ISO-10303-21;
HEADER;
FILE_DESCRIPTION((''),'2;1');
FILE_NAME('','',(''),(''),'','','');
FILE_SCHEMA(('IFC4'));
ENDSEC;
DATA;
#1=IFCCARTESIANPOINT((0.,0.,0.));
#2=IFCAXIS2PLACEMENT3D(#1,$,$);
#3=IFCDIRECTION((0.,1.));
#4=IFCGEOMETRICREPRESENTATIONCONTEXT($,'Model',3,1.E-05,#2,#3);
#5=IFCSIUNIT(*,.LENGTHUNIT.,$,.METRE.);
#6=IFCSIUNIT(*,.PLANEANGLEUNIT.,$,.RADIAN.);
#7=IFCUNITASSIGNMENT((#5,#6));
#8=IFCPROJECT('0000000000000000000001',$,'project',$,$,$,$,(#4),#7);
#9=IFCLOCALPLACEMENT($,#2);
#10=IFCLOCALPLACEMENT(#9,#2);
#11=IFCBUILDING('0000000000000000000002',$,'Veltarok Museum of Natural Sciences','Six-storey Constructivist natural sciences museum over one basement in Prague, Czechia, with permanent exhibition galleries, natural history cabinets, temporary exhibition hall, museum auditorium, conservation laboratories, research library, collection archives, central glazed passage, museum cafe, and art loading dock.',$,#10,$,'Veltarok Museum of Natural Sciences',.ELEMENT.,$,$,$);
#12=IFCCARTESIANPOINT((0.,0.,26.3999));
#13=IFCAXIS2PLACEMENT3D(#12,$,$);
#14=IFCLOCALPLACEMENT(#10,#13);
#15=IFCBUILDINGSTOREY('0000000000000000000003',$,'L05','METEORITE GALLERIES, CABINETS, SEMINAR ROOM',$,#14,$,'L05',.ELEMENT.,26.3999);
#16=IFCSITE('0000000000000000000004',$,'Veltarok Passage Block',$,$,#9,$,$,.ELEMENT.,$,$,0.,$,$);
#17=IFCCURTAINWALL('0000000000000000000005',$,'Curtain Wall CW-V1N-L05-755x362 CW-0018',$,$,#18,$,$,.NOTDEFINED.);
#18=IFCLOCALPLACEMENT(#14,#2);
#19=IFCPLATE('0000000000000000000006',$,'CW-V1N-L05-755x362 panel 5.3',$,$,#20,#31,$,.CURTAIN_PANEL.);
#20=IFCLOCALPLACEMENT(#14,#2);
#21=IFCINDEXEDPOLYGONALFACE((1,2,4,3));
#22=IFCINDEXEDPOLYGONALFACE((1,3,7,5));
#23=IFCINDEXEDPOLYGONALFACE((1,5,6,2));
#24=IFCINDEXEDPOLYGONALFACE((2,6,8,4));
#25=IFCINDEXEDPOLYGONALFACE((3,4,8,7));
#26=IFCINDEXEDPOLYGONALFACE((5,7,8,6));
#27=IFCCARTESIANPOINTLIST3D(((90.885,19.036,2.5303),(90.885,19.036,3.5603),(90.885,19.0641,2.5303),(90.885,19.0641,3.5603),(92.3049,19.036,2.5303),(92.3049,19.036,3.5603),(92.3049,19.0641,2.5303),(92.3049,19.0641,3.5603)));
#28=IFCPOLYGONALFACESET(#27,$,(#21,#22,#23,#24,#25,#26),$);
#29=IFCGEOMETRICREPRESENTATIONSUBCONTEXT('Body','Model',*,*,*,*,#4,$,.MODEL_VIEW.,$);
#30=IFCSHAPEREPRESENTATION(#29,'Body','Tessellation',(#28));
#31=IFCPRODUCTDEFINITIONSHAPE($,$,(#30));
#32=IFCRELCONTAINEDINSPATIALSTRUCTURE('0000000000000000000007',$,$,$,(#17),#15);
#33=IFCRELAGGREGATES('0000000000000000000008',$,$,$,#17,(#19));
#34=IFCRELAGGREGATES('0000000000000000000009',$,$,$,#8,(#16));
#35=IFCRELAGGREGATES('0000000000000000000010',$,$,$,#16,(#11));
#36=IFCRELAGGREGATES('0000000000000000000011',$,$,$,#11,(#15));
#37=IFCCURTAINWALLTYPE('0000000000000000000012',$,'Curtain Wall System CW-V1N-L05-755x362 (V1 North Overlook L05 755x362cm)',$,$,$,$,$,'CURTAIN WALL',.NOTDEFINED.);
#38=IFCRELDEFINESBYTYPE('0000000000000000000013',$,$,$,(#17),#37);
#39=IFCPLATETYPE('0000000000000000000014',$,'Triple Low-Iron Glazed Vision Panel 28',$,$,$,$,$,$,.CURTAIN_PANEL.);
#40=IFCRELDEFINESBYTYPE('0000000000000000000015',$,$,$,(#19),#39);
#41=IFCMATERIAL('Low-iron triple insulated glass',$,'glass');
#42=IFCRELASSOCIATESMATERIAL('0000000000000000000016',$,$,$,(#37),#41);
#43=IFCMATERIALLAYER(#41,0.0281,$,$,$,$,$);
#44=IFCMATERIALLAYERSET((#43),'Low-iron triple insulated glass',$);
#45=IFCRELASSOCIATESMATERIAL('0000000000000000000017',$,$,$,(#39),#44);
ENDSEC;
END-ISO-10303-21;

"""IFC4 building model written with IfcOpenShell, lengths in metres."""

from ifc_helpers import new_model, si_unit, direction, frame, origin, origin_2d, place, context, subcontext, project, spatial, rectangle, extrude, material, layer, layer_set, type_object, element, aggregate, save


model = new_model("IFC4")

# Units and contexts
model_context = context("Model", 3, precision=1e-05, world=origin(), true_north=direction((0.0, 1.0)))
body_context = subcontext(model_context, "Body", "Model", "MODEL_VIEW")
ifc_project = project(units=[si_unit("LENGTHUNIT", "METRE"), si_unit("PLANEANGLEUNIT", "RADIAN")], contexts=[model_context])

# Site, building, storey
site_placement = place(None, origin())
site = spatial("IfcSite", under=ifc_project, at=site_placement, Name="Veltarok Passage Block", CompositionType="ELEMENT", RefElevation=0.0)
building_placement = place(site_placement, origin())
building = spatial("IfcBuilding", under=site, at=building_placement, Name="Veltarok Museum of Natural Sciences", Description="Six-storey Constructivist natural sciences museum over one basement in Prague, Czechia, with permanent exhibition galleries, natural history cabinets, temporary exhibition hall, museum auditorium, conservation laboratories, research library, collection archives, central glazed passage, museum cafe, and art loading dock.", LongName="Veltarok Museum of Natural Sciences", CompositionType="ELEMENT")
storey_placement = place(building_placement, frame((0.0, 0.0, 26.3999)))
storey = spatial("IfcBuildingStorey", under=building, at=storey_placement, Name="L05", Description="METEORITE GALLERIES, CABINETS, SEMINAR ROOM", LongName="L05", CompositionType="ELEMENT", Elevation=26.3999)

# Curtain wall
ifc_material_1 = material(Name="Low-iron triple insulated glass", Category="glass")
curtain_wall_type = type_object("IfcCurtainWallType", Name="Curtain Wall System CW-V1N-L05-755x362 (V1 North Overlook L05 755x362cm)", ElementType="CURTAIN WALL", PredefinedType="NOTDEFINED", material=ifc_material_1)
curtain_wall_1_placement = place(storey_placement, origin())
curtain_wall_1 = element("IfcCurtainWall", 1, at=curtain_wall_1_placement, inside=storey, type_object=curtain_wall_type, Name="Curtain Wall CW-V1N-L05-755x362 CW-0018", PredefinedType="NOTDEFINED")

# Plate
ifc_layer = layer(ifc_material_1, 0.0281)
ifc_layer_set = layer_set([ifc_layer], Name="Low-iron triple insulated glass")
plate_type = type_object("IfcPlateType", Name="Triple Low-Iron Glazed Vision Panel 28", PredefinedType="CURTAIN_PANEL", material=ifc_layer_set)
plate_1_placement = place(storey_placement, frame((91.595, 19.05, 2.5303), z_axis=(0.0, 0.0, 1.0), x_axis=(-1.0, 0.0, 0.0)))
plate_1 = element("IfcPlate", 2, at=plate_1_placement, type_object=plate_type, Name="CW-V1N-L05-755x362 panel 5.3", PredefinedType="CURTAIN_PANEL", context=body_context, shape_type="SweptSolid", body=[
    extrude(rectangle(XDim=1.4199, YDim=0.0281, at=origin_2d()), origin(), (0.0, 0.0, 1.0), 1.03),
])
aggregate(curtain_wall_1, [plate_1])

save(model, "model.ifc")
